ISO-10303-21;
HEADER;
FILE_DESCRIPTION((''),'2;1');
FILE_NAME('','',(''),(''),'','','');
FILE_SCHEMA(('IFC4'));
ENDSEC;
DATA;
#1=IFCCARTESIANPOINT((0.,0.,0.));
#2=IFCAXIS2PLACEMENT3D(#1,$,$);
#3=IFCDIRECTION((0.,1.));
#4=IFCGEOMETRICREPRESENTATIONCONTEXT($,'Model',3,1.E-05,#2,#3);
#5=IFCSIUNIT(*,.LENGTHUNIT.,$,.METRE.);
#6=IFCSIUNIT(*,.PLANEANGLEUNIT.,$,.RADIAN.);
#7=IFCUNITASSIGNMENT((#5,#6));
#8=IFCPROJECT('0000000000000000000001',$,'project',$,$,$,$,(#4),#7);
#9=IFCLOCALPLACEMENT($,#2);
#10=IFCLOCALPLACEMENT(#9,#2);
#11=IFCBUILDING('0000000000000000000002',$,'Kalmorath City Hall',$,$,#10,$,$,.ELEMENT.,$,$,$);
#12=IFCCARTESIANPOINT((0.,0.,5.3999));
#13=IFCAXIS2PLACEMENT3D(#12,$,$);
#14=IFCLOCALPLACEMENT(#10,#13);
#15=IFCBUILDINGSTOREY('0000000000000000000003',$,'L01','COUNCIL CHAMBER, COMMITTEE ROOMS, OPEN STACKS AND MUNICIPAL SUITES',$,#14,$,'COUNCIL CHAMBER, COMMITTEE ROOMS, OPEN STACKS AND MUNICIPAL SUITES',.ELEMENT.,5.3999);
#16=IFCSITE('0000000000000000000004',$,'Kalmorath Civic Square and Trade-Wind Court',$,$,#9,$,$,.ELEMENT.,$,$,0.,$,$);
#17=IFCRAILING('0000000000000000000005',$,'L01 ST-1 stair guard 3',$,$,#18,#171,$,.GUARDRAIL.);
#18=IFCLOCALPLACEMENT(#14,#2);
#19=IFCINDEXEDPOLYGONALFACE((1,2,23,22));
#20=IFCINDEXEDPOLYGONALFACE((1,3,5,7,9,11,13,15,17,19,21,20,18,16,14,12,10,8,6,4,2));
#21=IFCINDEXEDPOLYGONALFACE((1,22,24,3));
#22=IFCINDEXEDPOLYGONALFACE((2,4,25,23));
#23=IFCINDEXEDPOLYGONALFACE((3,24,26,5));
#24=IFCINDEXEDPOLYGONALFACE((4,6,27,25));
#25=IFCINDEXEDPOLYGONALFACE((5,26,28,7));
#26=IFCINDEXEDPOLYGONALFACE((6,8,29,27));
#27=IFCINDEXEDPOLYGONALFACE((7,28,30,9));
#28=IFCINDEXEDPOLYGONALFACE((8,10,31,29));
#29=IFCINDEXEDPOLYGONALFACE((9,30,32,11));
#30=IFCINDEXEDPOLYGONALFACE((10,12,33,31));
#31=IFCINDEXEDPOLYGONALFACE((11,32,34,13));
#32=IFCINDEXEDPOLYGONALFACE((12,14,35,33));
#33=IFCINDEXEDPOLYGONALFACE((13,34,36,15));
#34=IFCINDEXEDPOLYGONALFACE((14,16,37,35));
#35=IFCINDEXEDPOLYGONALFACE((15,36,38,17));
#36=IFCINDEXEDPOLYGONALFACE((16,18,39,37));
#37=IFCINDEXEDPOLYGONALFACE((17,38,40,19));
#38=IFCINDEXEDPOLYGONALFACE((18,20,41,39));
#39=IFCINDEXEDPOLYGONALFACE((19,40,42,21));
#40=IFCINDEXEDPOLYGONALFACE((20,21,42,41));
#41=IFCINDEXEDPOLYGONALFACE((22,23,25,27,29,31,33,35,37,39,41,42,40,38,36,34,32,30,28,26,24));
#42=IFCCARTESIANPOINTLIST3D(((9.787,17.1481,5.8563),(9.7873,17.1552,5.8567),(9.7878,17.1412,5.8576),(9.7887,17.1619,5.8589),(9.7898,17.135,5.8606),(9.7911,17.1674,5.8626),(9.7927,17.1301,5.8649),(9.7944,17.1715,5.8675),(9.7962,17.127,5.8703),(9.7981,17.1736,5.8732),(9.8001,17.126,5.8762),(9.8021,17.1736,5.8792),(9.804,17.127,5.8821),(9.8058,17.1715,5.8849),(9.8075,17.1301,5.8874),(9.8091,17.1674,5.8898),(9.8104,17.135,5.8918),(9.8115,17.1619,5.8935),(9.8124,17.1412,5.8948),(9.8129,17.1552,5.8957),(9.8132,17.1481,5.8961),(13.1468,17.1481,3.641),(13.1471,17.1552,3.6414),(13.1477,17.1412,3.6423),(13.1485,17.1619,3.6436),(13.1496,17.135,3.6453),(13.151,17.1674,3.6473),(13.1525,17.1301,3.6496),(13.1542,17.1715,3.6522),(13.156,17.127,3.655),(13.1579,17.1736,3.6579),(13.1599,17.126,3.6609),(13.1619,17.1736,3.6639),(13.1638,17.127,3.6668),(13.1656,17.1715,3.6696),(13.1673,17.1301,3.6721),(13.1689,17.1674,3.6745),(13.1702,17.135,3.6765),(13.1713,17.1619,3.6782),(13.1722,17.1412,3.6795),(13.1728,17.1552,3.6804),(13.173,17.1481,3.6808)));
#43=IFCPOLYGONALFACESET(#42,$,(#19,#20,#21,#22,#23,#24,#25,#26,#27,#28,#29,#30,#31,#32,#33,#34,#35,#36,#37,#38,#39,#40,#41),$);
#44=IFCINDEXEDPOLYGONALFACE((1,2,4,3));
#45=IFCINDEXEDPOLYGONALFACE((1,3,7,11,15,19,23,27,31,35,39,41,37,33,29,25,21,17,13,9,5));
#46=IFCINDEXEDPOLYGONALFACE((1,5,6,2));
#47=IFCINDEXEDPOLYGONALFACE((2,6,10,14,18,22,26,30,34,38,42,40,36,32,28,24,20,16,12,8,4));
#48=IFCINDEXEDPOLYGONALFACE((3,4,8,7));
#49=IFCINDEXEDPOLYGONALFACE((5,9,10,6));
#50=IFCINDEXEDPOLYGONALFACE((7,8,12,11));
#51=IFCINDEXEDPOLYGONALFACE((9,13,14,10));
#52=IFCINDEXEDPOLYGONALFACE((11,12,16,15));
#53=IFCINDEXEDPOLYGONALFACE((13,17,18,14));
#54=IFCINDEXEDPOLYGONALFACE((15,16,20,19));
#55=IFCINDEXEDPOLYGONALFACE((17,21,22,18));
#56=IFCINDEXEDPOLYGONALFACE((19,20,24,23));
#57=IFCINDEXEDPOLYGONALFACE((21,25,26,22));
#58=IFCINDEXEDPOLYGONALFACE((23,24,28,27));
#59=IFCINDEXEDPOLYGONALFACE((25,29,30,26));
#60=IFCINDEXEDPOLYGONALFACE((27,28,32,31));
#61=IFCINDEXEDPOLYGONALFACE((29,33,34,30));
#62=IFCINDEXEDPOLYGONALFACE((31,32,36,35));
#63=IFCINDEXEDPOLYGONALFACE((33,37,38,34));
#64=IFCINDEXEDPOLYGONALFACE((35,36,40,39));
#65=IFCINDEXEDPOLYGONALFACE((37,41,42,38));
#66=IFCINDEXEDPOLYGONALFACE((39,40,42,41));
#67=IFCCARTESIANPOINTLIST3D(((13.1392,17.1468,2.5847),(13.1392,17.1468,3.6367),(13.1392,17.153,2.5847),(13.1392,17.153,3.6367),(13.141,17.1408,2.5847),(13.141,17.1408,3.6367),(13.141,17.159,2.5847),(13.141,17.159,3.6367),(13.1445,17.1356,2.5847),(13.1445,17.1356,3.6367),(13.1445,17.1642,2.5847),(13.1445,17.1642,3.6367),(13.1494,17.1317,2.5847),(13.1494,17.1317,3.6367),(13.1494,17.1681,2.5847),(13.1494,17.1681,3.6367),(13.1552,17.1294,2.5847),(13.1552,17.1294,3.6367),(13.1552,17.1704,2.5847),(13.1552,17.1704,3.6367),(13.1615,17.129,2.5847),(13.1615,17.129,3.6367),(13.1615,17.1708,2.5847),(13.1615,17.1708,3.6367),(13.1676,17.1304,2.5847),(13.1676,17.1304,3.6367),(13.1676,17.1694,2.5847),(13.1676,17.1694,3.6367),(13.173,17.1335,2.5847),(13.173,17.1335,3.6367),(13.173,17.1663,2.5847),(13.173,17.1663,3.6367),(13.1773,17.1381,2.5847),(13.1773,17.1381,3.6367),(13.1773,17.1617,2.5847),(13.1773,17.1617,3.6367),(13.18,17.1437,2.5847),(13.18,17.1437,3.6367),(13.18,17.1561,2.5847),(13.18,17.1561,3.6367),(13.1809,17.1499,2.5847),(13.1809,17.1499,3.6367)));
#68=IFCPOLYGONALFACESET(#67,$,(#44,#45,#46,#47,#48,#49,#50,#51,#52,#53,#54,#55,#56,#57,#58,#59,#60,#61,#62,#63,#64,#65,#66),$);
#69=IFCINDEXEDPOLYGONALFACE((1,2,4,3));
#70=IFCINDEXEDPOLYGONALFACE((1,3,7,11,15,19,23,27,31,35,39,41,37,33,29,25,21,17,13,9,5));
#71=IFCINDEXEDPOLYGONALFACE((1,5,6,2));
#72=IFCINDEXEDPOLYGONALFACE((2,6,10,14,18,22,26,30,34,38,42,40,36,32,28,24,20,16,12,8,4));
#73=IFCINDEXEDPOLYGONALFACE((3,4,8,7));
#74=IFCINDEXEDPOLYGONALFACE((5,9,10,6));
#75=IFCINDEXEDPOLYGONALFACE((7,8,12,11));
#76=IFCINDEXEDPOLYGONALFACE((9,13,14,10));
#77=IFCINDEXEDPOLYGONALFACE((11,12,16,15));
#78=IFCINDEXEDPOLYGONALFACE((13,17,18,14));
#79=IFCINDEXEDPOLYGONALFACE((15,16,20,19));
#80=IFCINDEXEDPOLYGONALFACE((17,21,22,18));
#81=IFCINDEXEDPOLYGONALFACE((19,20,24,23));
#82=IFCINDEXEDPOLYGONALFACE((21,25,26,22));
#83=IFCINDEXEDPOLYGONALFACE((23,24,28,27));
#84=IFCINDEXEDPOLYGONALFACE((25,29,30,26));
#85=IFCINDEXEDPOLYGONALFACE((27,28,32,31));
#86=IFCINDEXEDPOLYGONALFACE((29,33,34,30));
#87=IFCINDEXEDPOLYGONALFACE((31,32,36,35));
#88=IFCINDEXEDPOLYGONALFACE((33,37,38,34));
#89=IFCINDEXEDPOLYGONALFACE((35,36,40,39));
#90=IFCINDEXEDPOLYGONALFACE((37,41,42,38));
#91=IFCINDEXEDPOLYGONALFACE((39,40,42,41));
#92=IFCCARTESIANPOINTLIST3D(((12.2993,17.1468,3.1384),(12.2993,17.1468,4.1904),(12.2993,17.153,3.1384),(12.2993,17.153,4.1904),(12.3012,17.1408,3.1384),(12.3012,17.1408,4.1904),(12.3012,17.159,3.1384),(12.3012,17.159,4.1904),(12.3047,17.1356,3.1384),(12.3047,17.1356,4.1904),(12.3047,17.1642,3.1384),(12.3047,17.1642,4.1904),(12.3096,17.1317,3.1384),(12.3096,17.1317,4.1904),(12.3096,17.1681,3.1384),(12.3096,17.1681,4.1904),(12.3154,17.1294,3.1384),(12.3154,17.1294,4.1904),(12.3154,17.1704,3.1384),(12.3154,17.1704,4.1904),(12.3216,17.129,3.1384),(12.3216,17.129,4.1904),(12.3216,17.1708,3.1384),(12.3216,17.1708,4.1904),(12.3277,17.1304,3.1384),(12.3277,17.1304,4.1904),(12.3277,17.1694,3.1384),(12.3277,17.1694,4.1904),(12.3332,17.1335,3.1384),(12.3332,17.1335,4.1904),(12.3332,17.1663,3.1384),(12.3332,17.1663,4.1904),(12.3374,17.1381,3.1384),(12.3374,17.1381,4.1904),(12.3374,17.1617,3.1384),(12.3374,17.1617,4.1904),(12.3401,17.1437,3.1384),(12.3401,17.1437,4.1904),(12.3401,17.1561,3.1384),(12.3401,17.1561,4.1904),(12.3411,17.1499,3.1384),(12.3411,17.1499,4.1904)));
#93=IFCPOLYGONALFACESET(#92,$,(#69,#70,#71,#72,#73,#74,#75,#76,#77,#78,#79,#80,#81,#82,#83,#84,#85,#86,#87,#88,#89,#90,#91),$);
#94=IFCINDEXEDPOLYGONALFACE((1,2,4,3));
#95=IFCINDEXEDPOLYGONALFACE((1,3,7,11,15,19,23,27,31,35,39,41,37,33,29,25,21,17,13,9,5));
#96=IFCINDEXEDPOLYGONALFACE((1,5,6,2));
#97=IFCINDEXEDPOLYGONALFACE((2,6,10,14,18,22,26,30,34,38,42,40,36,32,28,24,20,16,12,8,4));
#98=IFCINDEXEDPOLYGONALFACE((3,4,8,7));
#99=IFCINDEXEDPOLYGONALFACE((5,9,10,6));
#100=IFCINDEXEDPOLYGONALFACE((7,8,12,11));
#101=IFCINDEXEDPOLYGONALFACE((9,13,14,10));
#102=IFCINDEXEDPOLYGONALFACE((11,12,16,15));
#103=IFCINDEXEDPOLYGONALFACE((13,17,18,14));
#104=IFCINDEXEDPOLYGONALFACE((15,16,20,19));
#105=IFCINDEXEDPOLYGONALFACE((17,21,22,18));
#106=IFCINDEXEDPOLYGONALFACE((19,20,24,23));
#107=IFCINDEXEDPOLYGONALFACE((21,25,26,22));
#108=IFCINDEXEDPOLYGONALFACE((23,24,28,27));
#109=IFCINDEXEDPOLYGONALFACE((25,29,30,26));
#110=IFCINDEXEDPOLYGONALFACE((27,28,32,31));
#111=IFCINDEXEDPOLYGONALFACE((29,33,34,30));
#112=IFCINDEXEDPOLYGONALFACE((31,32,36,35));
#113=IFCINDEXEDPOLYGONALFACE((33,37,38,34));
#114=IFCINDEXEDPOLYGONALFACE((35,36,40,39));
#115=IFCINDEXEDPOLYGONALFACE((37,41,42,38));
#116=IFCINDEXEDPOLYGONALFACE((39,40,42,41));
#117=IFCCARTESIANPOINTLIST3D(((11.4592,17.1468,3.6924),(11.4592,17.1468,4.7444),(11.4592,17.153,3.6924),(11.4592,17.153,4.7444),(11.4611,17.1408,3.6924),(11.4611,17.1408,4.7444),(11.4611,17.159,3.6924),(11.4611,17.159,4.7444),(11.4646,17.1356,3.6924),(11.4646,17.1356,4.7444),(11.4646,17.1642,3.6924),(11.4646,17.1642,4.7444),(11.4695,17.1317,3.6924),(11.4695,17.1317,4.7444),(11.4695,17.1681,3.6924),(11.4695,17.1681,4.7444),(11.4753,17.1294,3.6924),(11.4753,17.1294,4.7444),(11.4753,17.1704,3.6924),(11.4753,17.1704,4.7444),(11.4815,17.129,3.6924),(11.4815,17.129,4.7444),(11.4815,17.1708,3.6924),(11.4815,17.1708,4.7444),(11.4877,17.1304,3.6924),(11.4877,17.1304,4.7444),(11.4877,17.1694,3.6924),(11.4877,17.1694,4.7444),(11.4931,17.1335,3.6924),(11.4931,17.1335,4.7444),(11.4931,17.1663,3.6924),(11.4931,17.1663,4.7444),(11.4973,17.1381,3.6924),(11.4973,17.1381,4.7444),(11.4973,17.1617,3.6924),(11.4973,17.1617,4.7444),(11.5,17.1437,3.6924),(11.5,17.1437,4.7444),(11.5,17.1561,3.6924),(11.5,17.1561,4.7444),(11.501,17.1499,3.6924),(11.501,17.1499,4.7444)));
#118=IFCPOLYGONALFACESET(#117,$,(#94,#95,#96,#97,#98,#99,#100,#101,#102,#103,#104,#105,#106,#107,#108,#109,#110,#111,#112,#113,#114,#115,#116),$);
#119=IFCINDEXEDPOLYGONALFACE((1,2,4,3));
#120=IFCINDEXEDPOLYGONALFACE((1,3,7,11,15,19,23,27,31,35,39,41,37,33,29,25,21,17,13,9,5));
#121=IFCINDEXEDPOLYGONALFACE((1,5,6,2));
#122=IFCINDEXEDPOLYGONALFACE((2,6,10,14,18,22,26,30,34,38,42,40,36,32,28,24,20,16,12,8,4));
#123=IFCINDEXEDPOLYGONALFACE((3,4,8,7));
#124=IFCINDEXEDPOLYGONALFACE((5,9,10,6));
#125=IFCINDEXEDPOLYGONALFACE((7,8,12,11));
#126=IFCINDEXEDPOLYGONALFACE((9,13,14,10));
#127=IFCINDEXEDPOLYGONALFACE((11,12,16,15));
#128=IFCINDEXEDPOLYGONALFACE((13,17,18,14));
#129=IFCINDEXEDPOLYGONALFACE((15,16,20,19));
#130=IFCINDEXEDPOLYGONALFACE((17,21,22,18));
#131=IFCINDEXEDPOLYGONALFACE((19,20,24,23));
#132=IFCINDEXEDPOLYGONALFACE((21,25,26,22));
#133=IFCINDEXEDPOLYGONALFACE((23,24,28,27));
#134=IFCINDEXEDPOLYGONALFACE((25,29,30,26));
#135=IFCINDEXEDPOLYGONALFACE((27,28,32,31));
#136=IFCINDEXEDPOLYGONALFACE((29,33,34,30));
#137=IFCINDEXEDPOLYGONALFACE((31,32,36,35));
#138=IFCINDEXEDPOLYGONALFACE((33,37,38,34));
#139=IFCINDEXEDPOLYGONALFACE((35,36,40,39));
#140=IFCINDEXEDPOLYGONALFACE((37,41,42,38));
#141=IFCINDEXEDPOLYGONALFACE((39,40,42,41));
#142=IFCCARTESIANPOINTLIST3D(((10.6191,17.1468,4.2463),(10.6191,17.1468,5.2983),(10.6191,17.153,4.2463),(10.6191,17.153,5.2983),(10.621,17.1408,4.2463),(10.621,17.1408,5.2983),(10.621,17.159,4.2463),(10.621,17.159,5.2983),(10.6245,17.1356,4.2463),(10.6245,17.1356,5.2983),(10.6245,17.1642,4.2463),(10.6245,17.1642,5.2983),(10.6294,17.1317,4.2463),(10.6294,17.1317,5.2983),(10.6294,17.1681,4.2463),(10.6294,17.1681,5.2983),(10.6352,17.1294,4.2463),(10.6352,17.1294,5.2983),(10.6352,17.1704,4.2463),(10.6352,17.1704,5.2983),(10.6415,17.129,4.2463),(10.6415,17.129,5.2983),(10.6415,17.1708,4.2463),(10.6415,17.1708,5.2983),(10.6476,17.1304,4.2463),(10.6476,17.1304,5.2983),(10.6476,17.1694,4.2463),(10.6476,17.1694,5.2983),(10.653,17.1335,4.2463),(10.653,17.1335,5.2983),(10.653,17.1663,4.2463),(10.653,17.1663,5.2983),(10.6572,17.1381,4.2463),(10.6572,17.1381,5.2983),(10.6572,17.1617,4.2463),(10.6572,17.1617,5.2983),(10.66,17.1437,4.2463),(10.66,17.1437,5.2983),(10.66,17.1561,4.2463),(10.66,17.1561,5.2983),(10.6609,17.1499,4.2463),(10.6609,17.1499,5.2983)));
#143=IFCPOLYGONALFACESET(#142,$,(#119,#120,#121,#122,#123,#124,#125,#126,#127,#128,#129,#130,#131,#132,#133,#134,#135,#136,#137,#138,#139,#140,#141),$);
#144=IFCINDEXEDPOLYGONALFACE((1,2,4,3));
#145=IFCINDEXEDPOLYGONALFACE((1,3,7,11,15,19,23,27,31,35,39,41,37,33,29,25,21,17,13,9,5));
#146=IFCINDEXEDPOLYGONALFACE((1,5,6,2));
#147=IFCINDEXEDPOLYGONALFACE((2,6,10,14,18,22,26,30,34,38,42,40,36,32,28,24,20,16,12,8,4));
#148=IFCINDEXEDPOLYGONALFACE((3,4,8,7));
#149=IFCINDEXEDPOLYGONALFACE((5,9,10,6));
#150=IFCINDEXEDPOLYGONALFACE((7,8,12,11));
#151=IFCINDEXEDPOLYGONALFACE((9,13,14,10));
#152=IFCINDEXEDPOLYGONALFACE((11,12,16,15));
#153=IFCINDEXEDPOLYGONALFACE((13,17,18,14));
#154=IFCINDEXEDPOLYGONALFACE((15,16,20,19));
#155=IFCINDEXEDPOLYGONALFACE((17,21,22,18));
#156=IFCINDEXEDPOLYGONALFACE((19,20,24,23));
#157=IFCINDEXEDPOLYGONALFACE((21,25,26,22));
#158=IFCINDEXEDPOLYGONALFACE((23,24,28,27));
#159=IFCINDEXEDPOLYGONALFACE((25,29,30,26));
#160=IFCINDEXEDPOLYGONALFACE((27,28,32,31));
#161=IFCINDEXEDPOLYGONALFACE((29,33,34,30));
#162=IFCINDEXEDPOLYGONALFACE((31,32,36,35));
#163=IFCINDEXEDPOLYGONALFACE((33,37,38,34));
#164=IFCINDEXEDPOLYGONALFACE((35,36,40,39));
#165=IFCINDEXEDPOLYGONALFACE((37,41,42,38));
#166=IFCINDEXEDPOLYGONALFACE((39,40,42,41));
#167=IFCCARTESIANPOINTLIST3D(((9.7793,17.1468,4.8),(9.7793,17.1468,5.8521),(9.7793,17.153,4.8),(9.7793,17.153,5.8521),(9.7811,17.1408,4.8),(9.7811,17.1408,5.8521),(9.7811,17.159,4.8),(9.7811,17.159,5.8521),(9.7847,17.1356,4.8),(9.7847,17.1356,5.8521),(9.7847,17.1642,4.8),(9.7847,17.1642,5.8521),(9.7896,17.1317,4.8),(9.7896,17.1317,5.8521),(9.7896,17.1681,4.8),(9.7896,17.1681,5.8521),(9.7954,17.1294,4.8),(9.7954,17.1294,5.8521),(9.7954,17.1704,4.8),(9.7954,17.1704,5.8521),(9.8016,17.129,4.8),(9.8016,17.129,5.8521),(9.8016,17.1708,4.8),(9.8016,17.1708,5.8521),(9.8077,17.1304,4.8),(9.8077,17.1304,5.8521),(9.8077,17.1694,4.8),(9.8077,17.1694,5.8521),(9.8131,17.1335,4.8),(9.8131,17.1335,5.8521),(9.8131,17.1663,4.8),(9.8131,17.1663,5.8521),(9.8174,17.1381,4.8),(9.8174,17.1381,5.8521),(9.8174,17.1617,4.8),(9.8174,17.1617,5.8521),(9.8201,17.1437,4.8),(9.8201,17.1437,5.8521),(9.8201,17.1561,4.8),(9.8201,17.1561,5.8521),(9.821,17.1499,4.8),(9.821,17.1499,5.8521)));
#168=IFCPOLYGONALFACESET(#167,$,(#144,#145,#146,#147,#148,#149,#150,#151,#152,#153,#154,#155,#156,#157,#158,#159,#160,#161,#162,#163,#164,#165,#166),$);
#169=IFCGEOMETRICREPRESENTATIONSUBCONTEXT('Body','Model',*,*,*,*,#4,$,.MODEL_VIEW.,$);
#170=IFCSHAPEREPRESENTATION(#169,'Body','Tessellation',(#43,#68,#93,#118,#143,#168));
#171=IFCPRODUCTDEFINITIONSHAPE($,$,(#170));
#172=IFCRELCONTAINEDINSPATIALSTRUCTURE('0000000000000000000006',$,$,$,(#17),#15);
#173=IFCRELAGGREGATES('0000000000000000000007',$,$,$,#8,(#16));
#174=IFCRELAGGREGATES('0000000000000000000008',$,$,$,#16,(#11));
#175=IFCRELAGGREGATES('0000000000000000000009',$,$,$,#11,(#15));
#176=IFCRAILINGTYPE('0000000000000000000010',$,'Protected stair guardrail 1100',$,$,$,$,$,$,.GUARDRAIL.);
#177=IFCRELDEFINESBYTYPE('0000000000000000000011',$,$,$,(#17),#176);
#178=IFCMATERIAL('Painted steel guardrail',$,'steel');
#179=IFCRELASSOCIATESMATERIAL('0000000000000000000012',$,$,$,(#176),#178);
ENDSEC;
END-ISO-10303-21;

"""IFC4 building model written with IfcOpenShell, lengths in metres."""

from ifc_helpers import new_model, si_unit, direction, frame, origin, origin_2d, place, context, subcontext, project, spatial, circle, extrude, material, type_object, element, save


model = new_model("IFC4")

# Units and contexts
model_context = context("Model", 3, precision=1e-05, world=origin(), true_north=direction((0.0, 1.0)))
body_context = subcontext(model_context, "Body", "Model", "MODEL_VIEW")
ifc_project = project(units=[si_unit("LENGTHUNIT", "METRE"), si_unit("PLANEANGLEUNIT", "RADIAN")], contexts=[model_context])

# Site, building, storey
site_placement = place(None, origin())
site = spatial("IfcSite", under=ifc_project, at=site_placement, Name="Kalmorath Civic Square and Trade-Wind Court", CompositionType="ELEMENT", RefElevation=0.0)
building_placement = place(site_placement, origin())
building = spatial("IfcBuilding", under=site, at=building_placement, Name="Kalmorath City Hall", CompositionType="ELEMENT")
storey_placement = place(building_placement, frame((0.0, 0.0, 5.3999)))
storey = spatial("IfcBuildingStorey", under=building, at=storey_placement, Name="L01", Description="COUNCIL CHAMBER, COMMITTEE ROOMS, OPEN STACKS AND MUNICIPAL SUITES", LongName="COUNCIL CHAMBER, COMMITTEE ROOMS, OPEN STACKS AND MUNICIPAL SUITES", CompositionType="ELEMENT", Elevation=5.3999)

# Railing
ifc_material_1 = material(Name="Painted steel guardrail", Category="steel")
railing_type_1 = type_object("IfcRailingType", Name="Protected stair guardrail 1100", PredefinedType="GUARDRAIL", material=ifc_material_1)
railing_1_placement = place(storey_placement, frame((13.1599, 17.1499, 2.5847)))
element("IfcRailing", 1, at=railing_1_placement, inside=storey, type_object=railing_type_1, Name="L01 ST-1 stair guard 3", PredefinedType="GUARDRAIL", context=body_context, shape_type="SweptSolid", body=[
    extrude(circle(Radius=0.0239, at=origin_2d()), frame((0.0, 0.0, 1.0762), z_axis=(-0.834858, 0.0, 0.550465), x_axis=(0.0, -1.0, 0.0)), (0.0, 0.0, 1.0), 4.0244),
    extrude(circle(Radius=0.021, at=origin_2d()), origin(), (0.0, 0.0, 1.0), 1.052),
    extrude(circle(Radius=0.021, at=origin_2d()), frame((-0.8398, 0.0, 0.5537)), (0.0, 0.0, 1.0), 1.052),
    extrude(circle(Radius=0.021, at=origin_2d()), frame((-1.6799, 0.0, 1.1077)), (0.0, 0.0, 1.0), 1.052),
    extrude(circle(Radius=0.021, at=origin_2d()), frame((-2.52, 0.0, 1.6616)), (0.0, 0.0, 1.0), 1.052),
    extrude(circle(Radius=0.021, at=origin_2d()), frame((-3.3599, 0.0, 2.2153)), (0.0, 0.0, 1.0), 1.052),
])

save(model, "model.ifc")
